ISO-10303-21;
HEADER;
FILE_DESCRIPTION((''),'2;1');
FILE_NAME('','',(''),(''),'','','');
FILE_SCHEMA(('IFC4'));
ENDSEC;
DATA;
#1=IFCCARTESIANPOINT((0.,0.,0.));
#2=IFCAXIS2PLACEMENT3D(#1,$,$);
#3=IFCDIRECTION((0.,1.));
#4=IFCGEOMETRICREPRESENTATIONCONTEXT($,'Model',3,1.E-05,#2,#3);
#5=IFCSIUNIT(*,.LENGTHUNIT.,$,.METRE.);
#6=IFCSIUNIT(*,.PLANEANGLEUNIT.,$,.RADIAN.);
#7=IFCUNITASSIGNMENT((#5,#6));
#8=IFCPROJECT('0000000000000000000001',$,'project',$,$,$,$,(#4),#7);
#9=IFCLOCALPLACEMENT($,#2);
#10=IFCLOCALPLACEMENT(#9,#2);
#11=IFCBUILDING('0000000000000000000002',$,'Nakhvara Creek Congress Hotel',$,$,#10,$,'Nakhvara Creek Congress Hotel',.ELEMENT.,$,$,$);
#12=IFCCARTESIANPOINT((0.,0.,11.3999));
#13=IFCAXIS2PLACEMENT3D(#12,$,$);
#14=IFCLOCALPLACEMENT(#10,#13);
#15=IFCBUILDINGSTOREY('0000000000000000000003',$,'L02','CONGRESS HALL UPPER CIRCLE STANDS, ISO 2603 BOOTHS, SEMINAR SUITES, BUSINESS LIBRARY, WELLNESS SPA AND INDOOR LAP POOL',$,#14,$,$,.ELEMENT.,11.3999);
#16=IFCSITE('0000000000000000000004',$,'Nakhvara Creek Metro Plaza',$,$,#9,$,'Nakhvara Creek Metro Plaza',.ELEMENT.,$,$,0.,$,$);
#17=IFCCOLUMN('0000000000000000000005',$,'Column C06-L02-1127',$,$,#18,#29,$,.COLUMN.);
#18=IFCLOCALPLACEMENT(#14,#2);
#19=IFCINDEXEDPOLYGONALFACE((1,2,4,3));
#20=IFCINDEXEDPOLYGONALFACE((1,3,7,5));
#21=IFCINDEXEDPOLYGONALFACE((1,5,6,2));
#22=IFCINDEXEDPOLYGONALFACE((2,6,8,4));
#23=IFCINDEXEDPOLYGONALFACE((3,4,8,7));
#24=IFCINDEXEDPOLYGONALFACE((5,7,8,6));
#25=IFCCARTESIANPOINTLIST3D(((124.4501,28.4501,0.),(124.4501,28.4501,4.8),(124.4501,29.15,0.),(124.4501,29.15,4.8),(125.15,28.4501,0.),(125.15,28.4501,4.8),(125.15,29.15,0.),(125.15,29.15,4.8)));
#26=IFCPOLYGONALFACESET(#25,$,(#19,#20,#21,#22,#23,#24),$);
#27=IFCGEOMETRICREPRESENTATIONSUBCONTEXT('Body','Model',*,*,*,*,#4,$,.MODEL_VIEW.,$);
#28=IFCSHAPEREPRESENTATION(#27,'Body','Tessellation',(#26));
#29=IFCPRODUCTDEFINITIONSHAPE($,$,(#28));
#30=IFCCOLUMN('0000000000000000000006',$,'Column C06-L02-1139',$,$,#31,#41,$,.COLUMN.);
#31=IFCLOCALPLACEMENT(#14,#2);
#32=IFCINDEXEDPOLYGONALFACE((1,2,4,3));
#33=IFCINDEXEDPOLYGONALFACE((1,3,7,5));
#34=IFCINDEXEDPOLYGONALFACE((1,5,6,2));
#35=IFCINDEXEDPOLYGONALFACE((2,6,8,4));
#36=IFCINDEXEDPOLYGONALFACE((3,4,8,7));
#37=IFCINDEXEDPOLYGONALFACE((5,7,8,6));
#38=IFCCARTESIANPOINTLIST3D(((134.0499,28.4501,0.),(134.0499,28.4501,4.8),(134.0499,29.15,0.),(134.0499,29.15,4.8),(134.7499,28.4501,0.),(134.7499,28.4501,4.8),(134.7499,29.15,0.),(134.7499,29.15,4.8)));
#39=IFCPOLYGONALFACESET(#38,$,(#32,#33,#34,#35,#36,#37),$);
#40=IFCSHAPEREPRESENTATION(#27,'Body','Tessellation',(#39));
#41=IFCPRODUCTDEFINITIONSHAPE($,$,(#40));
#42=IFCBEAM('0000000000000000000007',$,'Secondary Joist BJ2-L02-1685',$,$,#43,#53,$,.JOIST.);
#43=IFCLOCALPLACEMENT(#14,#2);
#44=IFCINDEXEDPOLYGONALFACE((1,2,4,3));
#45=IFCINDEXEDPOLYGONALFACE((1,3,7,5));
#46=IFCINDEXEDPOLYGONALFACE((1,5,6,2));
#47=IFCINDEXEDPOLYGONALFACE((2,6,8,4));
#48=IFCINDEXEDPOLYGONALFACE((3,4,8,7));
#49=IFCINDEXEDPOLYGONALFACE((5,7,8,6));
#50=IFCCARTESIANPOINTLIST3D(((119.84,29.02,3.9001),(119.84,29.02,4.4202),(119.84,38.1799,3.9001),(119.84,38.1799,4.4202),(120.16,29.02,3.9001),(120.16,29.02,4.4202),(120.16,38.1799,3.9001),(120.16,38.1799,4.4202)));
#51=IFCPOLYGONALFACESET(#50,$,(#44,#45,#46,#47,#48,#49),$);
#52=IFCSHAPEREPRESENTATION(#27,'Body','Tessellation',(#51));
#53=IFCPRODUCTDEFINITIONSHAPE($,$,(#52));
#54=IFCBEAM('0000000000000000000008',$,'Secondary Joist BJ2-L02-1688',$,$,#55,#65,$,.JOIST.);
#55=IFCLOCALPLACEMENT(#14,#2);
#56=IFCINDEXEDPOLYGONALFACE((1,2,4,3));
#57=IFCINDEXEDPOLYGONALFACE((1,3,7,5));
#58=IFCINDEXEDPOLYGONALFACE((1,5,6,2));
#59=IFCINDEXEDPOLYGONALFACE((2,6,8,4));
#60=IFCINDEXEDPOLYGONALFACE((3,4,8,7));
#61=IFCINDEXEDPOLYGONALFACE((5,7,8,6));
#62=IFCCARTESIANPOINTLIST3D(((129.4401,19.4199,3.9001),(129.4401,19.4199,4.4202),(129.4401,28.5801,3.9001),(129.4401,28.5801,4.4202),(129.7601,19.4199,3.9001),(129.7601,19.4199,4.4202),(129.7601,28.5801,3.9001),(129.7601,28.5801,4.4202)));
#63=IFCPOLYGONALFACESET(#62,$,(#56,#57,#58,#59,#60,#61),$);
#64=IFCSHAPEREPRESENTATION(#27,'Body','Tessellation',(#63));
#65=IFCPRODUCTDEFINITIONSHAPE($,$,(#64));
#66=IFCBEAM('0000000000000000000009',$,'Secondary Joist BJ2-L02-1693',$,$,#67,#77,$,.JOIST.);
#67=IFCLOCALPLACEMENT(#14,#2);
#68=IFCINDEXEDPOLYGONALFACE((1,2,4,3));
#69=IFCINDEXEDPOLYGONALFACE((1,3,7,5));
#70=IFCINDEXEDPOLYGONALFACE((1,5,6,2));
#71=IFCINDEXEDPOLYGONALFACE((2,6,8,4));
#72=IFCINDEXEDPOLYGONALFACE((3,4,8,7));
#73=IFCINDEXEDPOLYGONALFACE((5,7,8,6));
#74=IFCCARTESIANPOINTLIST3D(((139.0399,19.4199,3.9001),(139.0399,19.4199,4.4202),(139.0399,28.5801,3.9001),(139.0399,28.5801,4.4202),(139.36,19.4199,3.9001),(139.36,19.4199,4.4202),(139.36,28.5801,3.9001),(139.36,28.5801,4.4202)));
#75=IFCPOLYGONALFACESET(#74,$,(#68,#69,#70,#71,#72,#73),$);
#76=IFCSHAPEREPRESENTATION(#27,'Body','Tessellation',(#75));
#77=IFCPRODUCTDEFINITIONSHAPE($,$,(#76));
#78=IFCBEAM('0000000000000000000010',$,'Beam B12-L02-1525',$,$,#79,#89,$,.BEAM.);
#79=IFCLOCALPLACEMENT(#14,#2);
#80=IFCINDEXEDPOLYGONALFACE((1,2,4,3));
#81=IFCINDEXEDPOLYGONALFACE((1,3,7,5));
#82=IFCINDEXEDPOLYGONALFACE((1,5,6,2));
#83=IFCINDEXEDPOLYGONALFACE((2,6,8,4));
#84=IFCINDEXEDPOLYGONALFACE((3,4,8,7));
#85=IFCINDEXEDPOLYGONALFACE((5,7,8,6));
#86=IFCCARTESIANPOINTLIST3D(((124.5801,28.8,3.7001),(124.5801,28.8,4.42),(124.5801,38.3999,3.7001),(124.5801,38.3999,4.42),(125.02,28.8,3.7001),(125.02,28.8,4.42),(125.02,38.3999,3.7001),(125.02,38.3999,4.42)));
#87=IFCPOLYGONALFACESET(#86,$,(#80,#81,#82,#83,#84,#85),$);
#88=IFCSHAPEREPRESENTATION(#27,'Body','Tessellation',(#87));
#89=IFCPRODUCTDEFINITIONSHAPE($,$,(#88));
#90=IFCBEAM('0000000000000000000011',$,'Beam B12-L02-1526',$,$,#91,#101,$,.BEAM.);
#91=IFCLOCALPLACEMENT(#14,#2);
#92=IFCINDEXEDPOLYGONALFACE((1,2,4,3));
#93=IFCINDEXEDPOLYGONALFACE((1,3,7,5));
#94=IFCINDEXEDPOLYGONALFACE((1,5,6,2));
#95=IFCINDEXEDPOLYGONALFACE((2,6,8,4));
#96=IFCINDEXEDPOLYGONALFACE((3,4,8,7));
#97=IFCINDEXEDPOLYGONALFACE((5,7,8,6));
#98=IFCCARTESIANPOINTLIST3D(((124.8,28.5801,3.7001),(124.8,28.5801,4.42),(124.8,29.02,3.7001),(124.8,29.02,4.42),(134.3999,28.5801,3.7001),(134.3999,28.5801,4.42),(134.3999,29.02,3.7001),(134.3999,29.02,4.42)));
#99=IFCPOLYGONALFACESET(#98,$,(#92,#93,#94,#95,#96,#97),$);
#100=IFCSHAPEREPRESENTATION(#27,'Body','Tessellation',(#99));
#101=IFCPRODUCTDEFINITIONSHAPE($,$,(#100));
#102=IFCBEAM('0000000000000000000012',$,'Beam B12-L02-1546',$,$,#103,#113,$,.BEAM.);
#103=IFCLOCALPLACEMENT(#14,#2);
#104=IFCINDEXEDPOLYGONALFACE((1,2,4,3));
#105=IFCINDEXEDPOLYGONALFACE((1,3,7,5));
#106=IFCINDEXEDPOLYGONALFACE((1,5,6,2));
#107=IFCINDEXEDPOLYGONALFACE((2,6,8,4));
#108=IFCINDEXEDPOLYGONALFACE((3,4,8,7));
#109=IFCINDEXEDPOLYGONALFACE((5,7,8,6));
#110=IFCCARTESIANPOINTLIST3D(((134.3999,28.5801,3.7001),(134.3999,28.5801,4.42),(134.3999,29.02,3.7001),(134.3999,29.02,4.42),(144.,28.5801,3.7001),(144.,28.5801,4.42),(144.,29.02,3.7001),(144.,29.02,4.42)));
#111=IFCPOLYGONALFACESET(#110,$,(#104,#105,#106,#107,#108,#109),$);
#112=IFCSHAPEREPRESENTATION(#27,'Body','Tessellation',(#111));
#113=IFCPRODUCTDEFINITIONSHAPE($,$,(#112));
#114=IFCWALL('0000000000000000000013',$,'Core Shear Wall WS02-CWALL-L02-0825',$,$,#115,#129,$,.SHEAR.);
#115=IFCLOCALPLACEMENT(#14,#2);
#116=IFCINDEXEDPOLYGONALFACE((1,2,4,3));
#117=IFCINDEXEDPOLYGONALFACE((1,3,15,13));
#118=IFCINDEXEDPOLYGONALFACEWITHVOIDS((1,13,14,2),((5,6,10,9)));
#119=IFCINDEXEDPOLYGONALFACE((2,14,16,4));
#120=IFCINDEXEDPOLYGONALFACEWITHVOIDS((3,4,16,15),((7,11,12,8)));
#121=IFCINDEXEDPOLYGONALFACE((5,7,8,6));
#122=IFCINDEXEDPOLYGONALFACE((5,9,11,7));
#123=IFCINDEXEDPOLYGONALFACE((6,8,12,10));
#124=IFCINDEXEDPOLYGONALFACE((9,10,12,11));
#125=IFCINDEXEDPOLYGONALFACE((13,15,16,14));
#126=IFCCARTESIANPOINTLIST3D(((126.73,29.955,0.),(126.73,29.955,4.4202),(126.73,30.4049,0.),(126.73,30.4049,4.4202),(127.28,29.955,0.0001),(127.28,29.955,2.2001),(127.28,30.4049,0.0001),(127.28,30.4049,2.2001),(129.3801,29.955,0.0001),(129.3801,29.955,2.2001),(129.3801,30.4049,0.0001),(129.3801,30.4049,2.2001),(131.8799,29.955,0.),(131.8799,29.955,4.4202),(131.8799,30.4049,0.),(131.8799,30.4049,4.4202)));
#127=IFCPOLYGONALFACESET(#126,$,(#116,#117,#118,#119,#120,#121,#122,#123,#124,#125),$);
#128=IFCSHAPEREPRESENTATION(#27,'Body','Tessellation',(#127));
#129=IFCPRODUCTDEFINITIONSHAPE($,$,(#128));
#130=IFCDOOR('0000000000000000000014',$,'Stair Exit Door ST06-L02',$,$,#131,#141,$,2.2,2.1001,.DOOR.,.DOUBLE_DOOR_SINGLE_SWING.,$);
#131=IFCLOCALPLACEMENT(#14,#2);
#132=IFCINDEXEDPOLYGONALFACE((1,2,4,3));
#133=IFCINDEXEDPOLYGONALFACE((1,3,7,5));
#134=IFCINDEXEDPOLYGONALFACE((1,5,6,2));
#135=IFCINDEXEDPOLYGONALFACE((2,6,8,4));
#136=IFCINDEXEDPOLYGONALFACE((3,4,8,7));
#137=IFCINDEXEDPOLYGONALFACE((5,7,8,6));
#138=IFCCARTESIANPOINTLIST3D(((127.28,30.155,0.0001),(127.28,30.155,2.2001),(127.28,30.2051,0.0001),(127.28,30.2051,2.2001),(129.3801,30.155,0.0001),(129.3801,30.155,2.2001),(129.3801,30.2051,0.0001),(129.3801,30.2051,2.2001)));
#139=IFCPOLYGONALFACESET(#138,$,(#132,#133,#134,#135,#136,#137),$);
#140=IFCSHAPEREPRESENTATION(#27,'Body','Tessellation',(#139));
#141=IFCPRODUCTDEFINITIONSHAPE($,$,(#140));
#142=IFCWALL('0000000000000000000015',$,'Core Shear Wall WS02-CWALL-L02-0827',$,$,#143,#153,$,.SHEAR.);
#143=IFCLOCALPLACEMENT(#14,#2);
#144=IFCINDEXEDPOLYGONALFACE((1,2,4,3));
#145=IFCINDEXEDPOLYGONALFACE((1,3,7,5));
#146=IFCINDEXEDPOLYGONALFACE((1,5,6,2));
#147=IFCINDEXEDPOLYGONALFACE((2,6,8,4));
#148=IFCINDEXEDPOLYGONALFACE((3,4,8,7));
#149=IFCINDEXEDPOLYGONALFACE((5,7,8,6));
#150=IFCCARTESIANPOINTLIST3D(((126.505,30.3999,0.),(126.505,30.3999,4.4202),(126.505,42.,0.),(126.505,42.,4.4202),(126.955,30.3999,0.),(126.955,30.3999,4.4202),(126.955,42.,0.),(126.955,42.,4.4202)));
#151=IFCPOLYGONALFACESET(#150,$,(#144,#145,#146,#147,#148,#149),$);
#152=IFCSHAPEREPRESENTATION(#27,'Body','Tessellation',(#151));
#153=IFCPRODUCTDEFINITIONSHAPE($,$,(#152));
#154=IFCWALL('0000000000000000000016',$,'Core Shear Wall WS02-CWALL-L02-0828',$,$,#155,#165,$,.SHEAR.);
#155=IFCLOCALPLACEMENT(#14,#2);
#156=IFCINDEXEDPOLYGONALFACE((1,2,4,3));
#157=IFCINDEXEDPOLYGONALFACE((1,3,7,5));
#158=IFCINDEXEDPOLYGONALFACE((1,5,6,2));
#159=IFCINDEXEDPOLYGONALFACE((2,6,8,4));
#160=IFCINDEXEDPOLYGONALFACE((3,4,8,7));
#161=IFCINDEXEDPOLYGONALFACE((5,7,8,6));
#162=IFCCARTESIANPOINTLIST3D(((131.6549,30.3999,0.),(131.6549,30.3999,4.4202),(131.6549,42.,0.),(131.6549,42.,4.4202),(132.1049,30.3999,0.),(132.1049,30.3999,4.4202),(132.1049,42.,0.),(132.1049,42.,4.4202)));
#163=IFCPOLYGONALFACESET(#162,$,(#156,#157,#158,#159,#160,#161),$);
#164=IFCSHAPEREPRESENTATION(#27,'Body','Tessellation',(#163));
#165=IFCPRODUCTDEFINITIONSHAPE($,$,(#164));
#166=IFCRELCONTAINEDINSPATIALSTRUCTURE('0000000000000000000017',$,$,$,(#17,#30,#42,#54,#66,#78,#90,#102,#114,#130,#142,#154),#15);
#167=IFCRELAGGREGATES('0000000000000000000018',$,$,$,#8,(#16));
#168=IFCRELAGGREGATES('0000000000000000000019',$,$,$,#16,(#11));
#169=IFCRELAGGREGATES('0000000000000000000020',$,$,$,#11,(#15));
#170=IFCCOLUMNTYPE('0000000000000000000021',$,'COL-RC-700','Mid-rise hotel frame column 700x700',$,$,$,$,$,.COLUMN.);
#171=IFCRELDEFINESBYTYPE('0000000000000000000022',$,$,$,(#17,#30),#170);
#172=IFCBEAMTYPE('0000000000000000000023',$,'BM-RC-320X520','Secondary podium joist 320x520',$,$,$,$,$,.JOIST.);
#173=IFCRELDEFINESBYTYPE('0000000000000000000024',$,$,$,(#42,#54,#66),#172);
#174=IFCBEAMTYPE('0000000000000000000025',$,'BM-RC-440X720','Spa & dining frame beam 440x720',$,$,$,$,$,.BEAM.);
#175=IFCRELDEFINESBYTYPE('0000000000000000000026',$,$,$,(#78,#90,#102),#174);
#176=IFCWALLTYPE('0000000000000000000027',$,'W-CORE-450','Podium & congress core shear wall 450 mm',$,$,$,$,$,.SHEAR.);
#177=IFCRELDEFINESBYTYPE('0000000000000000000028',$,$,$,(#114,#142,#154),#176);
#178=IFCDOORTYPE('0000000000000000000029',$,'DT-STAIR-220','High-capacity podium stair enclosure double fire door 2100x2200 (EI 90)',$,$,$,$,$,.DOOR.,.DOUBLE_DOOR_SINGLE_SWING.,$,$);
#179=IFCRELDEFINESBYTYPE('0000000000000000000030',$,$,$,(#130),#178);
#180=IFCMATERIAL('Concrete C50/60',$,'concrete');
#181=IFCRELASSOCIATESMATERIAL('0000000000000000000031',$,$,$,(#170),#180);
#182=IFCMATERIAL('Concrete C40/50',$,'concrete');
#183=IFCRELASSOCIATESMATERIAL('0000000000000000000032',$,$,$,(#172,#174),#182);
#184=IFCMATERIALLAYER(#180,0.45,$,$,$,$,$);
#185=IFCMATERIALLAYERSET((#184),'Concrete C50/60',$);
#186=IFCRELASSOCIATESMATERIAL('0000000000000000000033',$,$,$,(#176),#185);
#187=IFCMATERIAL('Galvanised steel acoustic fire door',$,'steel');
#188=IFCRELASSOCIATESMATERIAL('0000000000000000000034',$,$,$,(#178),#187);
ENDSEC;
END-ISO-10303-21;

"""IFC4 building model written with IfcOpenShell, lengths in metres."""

from ifc_helpers import new_model, si_unit, direction, frame, frame_2d, origin, origin_2d, place, context, subcontext, project, spatial, rectangle, extrude, material, layer, layer_set, material_profile, profile_set, type_object, element, fill, save


model = new_model("IFC4")

# Units and contexts
model_context = context("Model", 3, precision=1e-05, world=origin(), true_north=direction((0.0, 1.0)))
body_context = subcontext(model_context, "Body", "Model", "MODEL_VIEW")
ifc_project = project(units=[si_unit("LENGTHUNIT", "METRE"), si_unit("PLANEANGLEUNIT", "RADIAN")], contexts=[model_context])

# Site, building, storey
site_placement = place(None, origin())
site = spatial("IfcSite", under=ifc_project, at=site_placement, Name="Nakhvara Creek Metro Plaza", LongName="Nakhvara Creek Metro Plaza", CompositionType="ELEMENT", RefElevation=0.0)
building_placement = place(site_placement, origin())
building = spatial("IfcBuilding", under=site, at=building_placement, Name="Nakhvara Creek Congress Hotel", LongName="Nakhvara Creek Congress Hotel", CompositionType="ELEMENT")
storey_placement = place(building_placement, frame((0.0, 0.0, 11.3999)))
storey = spatial("IfcBuildingStorey", under=building, at=storey_placement, Name="L02", Description="CONGRESS HALL UPPER CIRCLE STANDS, ISO 2603 BOOTHS, SEMINAR SUITES, BUSINESS LIBRARY, WELLNESS SPA AND INDOOR LAP POOL", CompositionType="ELEMENT", Elevation=11.3999)

# Columns
ifc_material_1 = material(Name="Concrete C50/60", Category="concrete")
ifc_material_profile_1 = material_profile(ifc_material_1, rectangle(XDim=0.7, YDim=0.7, at=origin_2d()), Name="RC-COL 700x700", Category="LoadBearing")
ifc_profile_set_1 = profile_set([ifc_material_profile_1], Name="Concrete C50/60")
column_type = type_object("IfcColumnType", Name="COL-RC-700", Description="Mid-rise hotel frame column 700x700", PredefinedType="COLUMN", material=ifc_profile_set_1)
for number, where, z_axis, x_axis, name in (
    (1, (124.8, 28.8, 0.0), (0.0, 0.0, 1.0), (1.0, 0.0, 0.0), "Column C06-L02-1127"),
    (2, (134.3999, 28.8, 0.0), (0.0, 0.0, 1.0), (1.0, 0.0, 0.0), "Column C06-L02-1139"),
):
    element("IfcColumn", number, at=place(storey_placement, frame(where, z_axis=z_axis, x_axis=x_axis)), inside=storey, type_object=column_type, Name=name, PredefinedType="COLUMN", context=body_context, shape_type="SweptSolid", body=[
        extrude(rectangle(XDim=0.7, YDim=0.7, at=origin_2d()), origin(), (0.0, 0.0, 1.0), 4.8),
    ])

# Beams
ifc_material_2 = material(Name="Concrete C40/50", Category="concrete")
ifc_material_profile_2 = material_profile(ifc_material_2, rectangle(XDim=0.3201, YDim=0.52, at=origin_2d()), Name="RC-BM 320x520", Category="LoadBearing")
ifc_profile_set_2 = profile_set([ifc_material_profile_2], Name="Concrete C40/50")
beam_type_1 = type_object("IfcBeamType", Name="BM-RC-320X520", Description="Secondary podium joist 320x520", PredefinedType="JOIST", material=ifc_profile_set_2)
beam_1_placement = place(storey_placement, frame((120.0, 29.02, 4.1602), z_axis=(0.0, 1.0, 0.0), x_axis=(-1.0, 0.0, 0.0)))
element("IfcBeam", 3, at=beam_1_placement, inside=storey, type_object=beam_type_1, Name="Secondary Joist BJ2-L02-1685", PredefinedType="JOIST", context=body_context, shape_type="SweptSolid", body=[
    extrude(rectangle(XDim=0.3201, YDim=0.52, at=origin_2d()), origin(), (0.0, 0.0, 1.0), 9.1599),
])
for number, where, z_axis, x_axis, name in (
    (4, (129.6001, 19.4199, 4.1602), (0.0, 1.0, 0.0), (-1.0, 0.0, 0.0), "Secondary Joist BJ2-L02-1688"),
    (5, (139.2, 19.4199, 4.1602), (0.0, 1.0, 0.0), (-1.0, 0.0, 0.0), "Secondary Joist BJ2-L02-1693"),
):
    element("IfcBeam", number, at=place(storey_placement, frame(where, z_axis=z_axis, x_axis=x_axis)), inside=storey, type_object=beam_type_1, Name=name, PredefinedType="JOIST", context=body_context, shape_type="SweptSolid", body=[
        extrude(rectangle(XDim=0.3201, YDim=0.52, at=origin_2d()), origin(), (0.0, 0.0, 1.0), 9.1602),
    ])
ifc_material_profile_3 = material_profile(ifc_material_2, rectangle(XDim=0.4399, YDim=0.72, at=origin_2d()), Name="RC-BM 440x720", Category="LoadBearing")
ifc_profile_set_3 = profile_set([ifc_material_profile_3], Name="Concrete C40/50")
beam_type_2 = type_object("IfcBeamType", Name="BM-RC-440X720", Description="Spa & dining frame beam 440x720", PredefinedType="BEAM", material=ifc_profile_set_3)
for number, where, z_axis, x_axis, name in (
    (6, (124.8, 28.8, 4.0601), (0.0, 1.0, 0.0), (-1.0, 0.0, 0.0), "Beam B12-L02-1525"),
    (7, (124.8, 28.8, 4.0601), (1.0, 0.0, 0.0), (0.0, 1.0, 0.0), "Beam B12-L02-1526"),
):
    element("IfcBeam", number, at=place(storey_placement, frame(where, z_axis=z_axis, x_axis=x_axis)), inside=storey, type_object=beam_type_2, Name=name, PredefinedType="BEAM", context=body_context, shape_type="SweptSolid", body=[
        extrude(rectangle(XDim=0.4399, YDim=0.72, at=origin_2d()), origin(), (0.0, 0.0, 1.0), 9.5999),
    ])
beam_2_placement = place(storey_placement, frame((134.3999, 28.8, 4.0601), z_axis=(1.0, 0.0, 0.0), x_axis=(0.0, 1.0, 0.0)))
element("IfcBeam", 8, at=beam_2_placement, inside=storey, type_object=beam_type_2, Name="Beam B12-L02-1546", PredefinedType="BEAM", context=body_context, shape_type="SweptSolid", body=[
    extrude(rectangle(XDim=0.4399, YDim=0.72, at=origin_2d()), origin(), (0.0, 0.0, 1.0), 9.6001),
])

# Wall, opening, door
ifc_layer_1 = layer(ifc_material_1, 0.45)
ifc_layer_set_1 = layer_set([ifc_layer_1], Name="Concrete C50/60")
wall_type_1 = type_object("IfcWallType", Name="W-CORE-450", Description="Podium & congress core shear wall 450 mm", PredefinedType="SHEAR", material=ifc_layer_set_1)
wall_1_placement = place(storey_placement, frame((126.73, 30.1799, 0.0), z_axis=(0.0, 0.0, 1.0), x_axis=(1.0, 0.0, 0.0)))
wall_1 = element("IfcWall", 9, at=wall_1_placement, inside=storey, type_object=wall_type_1, Name="Core Shear Wall WS02-CWALL-L02-0825", PredefinedType="SHEAR", context=body_context, shape_type="SweptSolid", body=[
    extrude(rectangle(XDim=5.1499, YDim=0.45, at=frame_2d((2.575, 0.0))), origin(), (0.0, 0.0, 1.0), 4.4202),
])
opening_1_placement = place(wall_1_placement, frame((0.55, 0.0, 0.0)))
opening_1 = element("IfcOpeningElement", 10, at=opening_1_placement, cuts=wall_1, PredefinedType="OPENING", context=body_context, shape_type="SweptSolid", body=[
    extrude(rectangle(XDim=2.1001, YDim=2.2, at=frame_2d((1.05, 1.1001))), frame((0.0, 0.2368, 0.0), z_axis=(0.0, -1.0, 0.0), x_axis=(1.0, 0.0, 0.0)), (0.0, 0.0, 1.0), 0.4739),
])
ifc_material_3 = material(Name="Galvanised steel acoustic fire door", Category="steel")
door_type_1 = type_object("IfcDoorType", Name="DT-STAIR-220", Description="High-capacity podium stair enclosure double fire door 2100x2200 (EI 90)", OperationType="DOUBLE_DOOR_SINGLE_SWING", PredefinedType="DOOR", material=ifc_material_3)
door_1_placement = place(opening_1_placement, frame((2.1001, 0.0, 0.0), z_axis=(0.0, 0.0, 1.0), x_axis=(-1.0, 0.0, 0.0)))
door_1 = element("IfcDoor", 11, at=door_1_placement, inside=storey, type_object=door_type_1, Name="Stair Exit Door ST06-L02", OperationType="DOUBLE_DOOR_SINGLE_SWING", OverallHeight=2.2, OverallWidth=2.1001, PredefinedType="DOOR", context=body_context, shape_type="SweptSolid", body=[
    extrude(rectangle(XDim=2.1001, YDim=2.2, at=frame_2d((1.05, 1.1001))), frame((0.0, 0.0249, 0.0), z_axis=(0.0, -1.0, 0.0), x_axis=(1.0, 0.0, 0.0)), (0.0, 0.0, 1.0), 0.05),
])
fill(opening_1, door_1)

# Walls
for number, where, z_axis, x_axis, name in (
    (12, (126.73, 30.3999, 0.0), (0.0, 0.0, 1.0), (0.0, 1.0, 0.0), "Core Shear Wall WS02-CWALL-L02-0827"),
    (13, (131.8799, 30.3999, 0.0), (0.0, 0.0, 1.0), (0.0, 1.0, 0.0), "Core Shear Wall WS02-CWALL-L02-0828"),
):
    element("IfcWall", number, at=place(storey_placement, frame(where, z_axis=z_axis, x_axis=x_axis)), inside=storey, type_object=wall_type_1, Name=name, PredefinedType="SHEAR", context=body_context, shape_type="SweptSolid", body=[
        extrude(rectangle(XDim=11.6001, YDim=0.45, at=frame_2d((5.8, 0.0))), origin(), (0.0, 0.0, 1.0), 4.4202),
    ])

save(model, "model.ifc")
